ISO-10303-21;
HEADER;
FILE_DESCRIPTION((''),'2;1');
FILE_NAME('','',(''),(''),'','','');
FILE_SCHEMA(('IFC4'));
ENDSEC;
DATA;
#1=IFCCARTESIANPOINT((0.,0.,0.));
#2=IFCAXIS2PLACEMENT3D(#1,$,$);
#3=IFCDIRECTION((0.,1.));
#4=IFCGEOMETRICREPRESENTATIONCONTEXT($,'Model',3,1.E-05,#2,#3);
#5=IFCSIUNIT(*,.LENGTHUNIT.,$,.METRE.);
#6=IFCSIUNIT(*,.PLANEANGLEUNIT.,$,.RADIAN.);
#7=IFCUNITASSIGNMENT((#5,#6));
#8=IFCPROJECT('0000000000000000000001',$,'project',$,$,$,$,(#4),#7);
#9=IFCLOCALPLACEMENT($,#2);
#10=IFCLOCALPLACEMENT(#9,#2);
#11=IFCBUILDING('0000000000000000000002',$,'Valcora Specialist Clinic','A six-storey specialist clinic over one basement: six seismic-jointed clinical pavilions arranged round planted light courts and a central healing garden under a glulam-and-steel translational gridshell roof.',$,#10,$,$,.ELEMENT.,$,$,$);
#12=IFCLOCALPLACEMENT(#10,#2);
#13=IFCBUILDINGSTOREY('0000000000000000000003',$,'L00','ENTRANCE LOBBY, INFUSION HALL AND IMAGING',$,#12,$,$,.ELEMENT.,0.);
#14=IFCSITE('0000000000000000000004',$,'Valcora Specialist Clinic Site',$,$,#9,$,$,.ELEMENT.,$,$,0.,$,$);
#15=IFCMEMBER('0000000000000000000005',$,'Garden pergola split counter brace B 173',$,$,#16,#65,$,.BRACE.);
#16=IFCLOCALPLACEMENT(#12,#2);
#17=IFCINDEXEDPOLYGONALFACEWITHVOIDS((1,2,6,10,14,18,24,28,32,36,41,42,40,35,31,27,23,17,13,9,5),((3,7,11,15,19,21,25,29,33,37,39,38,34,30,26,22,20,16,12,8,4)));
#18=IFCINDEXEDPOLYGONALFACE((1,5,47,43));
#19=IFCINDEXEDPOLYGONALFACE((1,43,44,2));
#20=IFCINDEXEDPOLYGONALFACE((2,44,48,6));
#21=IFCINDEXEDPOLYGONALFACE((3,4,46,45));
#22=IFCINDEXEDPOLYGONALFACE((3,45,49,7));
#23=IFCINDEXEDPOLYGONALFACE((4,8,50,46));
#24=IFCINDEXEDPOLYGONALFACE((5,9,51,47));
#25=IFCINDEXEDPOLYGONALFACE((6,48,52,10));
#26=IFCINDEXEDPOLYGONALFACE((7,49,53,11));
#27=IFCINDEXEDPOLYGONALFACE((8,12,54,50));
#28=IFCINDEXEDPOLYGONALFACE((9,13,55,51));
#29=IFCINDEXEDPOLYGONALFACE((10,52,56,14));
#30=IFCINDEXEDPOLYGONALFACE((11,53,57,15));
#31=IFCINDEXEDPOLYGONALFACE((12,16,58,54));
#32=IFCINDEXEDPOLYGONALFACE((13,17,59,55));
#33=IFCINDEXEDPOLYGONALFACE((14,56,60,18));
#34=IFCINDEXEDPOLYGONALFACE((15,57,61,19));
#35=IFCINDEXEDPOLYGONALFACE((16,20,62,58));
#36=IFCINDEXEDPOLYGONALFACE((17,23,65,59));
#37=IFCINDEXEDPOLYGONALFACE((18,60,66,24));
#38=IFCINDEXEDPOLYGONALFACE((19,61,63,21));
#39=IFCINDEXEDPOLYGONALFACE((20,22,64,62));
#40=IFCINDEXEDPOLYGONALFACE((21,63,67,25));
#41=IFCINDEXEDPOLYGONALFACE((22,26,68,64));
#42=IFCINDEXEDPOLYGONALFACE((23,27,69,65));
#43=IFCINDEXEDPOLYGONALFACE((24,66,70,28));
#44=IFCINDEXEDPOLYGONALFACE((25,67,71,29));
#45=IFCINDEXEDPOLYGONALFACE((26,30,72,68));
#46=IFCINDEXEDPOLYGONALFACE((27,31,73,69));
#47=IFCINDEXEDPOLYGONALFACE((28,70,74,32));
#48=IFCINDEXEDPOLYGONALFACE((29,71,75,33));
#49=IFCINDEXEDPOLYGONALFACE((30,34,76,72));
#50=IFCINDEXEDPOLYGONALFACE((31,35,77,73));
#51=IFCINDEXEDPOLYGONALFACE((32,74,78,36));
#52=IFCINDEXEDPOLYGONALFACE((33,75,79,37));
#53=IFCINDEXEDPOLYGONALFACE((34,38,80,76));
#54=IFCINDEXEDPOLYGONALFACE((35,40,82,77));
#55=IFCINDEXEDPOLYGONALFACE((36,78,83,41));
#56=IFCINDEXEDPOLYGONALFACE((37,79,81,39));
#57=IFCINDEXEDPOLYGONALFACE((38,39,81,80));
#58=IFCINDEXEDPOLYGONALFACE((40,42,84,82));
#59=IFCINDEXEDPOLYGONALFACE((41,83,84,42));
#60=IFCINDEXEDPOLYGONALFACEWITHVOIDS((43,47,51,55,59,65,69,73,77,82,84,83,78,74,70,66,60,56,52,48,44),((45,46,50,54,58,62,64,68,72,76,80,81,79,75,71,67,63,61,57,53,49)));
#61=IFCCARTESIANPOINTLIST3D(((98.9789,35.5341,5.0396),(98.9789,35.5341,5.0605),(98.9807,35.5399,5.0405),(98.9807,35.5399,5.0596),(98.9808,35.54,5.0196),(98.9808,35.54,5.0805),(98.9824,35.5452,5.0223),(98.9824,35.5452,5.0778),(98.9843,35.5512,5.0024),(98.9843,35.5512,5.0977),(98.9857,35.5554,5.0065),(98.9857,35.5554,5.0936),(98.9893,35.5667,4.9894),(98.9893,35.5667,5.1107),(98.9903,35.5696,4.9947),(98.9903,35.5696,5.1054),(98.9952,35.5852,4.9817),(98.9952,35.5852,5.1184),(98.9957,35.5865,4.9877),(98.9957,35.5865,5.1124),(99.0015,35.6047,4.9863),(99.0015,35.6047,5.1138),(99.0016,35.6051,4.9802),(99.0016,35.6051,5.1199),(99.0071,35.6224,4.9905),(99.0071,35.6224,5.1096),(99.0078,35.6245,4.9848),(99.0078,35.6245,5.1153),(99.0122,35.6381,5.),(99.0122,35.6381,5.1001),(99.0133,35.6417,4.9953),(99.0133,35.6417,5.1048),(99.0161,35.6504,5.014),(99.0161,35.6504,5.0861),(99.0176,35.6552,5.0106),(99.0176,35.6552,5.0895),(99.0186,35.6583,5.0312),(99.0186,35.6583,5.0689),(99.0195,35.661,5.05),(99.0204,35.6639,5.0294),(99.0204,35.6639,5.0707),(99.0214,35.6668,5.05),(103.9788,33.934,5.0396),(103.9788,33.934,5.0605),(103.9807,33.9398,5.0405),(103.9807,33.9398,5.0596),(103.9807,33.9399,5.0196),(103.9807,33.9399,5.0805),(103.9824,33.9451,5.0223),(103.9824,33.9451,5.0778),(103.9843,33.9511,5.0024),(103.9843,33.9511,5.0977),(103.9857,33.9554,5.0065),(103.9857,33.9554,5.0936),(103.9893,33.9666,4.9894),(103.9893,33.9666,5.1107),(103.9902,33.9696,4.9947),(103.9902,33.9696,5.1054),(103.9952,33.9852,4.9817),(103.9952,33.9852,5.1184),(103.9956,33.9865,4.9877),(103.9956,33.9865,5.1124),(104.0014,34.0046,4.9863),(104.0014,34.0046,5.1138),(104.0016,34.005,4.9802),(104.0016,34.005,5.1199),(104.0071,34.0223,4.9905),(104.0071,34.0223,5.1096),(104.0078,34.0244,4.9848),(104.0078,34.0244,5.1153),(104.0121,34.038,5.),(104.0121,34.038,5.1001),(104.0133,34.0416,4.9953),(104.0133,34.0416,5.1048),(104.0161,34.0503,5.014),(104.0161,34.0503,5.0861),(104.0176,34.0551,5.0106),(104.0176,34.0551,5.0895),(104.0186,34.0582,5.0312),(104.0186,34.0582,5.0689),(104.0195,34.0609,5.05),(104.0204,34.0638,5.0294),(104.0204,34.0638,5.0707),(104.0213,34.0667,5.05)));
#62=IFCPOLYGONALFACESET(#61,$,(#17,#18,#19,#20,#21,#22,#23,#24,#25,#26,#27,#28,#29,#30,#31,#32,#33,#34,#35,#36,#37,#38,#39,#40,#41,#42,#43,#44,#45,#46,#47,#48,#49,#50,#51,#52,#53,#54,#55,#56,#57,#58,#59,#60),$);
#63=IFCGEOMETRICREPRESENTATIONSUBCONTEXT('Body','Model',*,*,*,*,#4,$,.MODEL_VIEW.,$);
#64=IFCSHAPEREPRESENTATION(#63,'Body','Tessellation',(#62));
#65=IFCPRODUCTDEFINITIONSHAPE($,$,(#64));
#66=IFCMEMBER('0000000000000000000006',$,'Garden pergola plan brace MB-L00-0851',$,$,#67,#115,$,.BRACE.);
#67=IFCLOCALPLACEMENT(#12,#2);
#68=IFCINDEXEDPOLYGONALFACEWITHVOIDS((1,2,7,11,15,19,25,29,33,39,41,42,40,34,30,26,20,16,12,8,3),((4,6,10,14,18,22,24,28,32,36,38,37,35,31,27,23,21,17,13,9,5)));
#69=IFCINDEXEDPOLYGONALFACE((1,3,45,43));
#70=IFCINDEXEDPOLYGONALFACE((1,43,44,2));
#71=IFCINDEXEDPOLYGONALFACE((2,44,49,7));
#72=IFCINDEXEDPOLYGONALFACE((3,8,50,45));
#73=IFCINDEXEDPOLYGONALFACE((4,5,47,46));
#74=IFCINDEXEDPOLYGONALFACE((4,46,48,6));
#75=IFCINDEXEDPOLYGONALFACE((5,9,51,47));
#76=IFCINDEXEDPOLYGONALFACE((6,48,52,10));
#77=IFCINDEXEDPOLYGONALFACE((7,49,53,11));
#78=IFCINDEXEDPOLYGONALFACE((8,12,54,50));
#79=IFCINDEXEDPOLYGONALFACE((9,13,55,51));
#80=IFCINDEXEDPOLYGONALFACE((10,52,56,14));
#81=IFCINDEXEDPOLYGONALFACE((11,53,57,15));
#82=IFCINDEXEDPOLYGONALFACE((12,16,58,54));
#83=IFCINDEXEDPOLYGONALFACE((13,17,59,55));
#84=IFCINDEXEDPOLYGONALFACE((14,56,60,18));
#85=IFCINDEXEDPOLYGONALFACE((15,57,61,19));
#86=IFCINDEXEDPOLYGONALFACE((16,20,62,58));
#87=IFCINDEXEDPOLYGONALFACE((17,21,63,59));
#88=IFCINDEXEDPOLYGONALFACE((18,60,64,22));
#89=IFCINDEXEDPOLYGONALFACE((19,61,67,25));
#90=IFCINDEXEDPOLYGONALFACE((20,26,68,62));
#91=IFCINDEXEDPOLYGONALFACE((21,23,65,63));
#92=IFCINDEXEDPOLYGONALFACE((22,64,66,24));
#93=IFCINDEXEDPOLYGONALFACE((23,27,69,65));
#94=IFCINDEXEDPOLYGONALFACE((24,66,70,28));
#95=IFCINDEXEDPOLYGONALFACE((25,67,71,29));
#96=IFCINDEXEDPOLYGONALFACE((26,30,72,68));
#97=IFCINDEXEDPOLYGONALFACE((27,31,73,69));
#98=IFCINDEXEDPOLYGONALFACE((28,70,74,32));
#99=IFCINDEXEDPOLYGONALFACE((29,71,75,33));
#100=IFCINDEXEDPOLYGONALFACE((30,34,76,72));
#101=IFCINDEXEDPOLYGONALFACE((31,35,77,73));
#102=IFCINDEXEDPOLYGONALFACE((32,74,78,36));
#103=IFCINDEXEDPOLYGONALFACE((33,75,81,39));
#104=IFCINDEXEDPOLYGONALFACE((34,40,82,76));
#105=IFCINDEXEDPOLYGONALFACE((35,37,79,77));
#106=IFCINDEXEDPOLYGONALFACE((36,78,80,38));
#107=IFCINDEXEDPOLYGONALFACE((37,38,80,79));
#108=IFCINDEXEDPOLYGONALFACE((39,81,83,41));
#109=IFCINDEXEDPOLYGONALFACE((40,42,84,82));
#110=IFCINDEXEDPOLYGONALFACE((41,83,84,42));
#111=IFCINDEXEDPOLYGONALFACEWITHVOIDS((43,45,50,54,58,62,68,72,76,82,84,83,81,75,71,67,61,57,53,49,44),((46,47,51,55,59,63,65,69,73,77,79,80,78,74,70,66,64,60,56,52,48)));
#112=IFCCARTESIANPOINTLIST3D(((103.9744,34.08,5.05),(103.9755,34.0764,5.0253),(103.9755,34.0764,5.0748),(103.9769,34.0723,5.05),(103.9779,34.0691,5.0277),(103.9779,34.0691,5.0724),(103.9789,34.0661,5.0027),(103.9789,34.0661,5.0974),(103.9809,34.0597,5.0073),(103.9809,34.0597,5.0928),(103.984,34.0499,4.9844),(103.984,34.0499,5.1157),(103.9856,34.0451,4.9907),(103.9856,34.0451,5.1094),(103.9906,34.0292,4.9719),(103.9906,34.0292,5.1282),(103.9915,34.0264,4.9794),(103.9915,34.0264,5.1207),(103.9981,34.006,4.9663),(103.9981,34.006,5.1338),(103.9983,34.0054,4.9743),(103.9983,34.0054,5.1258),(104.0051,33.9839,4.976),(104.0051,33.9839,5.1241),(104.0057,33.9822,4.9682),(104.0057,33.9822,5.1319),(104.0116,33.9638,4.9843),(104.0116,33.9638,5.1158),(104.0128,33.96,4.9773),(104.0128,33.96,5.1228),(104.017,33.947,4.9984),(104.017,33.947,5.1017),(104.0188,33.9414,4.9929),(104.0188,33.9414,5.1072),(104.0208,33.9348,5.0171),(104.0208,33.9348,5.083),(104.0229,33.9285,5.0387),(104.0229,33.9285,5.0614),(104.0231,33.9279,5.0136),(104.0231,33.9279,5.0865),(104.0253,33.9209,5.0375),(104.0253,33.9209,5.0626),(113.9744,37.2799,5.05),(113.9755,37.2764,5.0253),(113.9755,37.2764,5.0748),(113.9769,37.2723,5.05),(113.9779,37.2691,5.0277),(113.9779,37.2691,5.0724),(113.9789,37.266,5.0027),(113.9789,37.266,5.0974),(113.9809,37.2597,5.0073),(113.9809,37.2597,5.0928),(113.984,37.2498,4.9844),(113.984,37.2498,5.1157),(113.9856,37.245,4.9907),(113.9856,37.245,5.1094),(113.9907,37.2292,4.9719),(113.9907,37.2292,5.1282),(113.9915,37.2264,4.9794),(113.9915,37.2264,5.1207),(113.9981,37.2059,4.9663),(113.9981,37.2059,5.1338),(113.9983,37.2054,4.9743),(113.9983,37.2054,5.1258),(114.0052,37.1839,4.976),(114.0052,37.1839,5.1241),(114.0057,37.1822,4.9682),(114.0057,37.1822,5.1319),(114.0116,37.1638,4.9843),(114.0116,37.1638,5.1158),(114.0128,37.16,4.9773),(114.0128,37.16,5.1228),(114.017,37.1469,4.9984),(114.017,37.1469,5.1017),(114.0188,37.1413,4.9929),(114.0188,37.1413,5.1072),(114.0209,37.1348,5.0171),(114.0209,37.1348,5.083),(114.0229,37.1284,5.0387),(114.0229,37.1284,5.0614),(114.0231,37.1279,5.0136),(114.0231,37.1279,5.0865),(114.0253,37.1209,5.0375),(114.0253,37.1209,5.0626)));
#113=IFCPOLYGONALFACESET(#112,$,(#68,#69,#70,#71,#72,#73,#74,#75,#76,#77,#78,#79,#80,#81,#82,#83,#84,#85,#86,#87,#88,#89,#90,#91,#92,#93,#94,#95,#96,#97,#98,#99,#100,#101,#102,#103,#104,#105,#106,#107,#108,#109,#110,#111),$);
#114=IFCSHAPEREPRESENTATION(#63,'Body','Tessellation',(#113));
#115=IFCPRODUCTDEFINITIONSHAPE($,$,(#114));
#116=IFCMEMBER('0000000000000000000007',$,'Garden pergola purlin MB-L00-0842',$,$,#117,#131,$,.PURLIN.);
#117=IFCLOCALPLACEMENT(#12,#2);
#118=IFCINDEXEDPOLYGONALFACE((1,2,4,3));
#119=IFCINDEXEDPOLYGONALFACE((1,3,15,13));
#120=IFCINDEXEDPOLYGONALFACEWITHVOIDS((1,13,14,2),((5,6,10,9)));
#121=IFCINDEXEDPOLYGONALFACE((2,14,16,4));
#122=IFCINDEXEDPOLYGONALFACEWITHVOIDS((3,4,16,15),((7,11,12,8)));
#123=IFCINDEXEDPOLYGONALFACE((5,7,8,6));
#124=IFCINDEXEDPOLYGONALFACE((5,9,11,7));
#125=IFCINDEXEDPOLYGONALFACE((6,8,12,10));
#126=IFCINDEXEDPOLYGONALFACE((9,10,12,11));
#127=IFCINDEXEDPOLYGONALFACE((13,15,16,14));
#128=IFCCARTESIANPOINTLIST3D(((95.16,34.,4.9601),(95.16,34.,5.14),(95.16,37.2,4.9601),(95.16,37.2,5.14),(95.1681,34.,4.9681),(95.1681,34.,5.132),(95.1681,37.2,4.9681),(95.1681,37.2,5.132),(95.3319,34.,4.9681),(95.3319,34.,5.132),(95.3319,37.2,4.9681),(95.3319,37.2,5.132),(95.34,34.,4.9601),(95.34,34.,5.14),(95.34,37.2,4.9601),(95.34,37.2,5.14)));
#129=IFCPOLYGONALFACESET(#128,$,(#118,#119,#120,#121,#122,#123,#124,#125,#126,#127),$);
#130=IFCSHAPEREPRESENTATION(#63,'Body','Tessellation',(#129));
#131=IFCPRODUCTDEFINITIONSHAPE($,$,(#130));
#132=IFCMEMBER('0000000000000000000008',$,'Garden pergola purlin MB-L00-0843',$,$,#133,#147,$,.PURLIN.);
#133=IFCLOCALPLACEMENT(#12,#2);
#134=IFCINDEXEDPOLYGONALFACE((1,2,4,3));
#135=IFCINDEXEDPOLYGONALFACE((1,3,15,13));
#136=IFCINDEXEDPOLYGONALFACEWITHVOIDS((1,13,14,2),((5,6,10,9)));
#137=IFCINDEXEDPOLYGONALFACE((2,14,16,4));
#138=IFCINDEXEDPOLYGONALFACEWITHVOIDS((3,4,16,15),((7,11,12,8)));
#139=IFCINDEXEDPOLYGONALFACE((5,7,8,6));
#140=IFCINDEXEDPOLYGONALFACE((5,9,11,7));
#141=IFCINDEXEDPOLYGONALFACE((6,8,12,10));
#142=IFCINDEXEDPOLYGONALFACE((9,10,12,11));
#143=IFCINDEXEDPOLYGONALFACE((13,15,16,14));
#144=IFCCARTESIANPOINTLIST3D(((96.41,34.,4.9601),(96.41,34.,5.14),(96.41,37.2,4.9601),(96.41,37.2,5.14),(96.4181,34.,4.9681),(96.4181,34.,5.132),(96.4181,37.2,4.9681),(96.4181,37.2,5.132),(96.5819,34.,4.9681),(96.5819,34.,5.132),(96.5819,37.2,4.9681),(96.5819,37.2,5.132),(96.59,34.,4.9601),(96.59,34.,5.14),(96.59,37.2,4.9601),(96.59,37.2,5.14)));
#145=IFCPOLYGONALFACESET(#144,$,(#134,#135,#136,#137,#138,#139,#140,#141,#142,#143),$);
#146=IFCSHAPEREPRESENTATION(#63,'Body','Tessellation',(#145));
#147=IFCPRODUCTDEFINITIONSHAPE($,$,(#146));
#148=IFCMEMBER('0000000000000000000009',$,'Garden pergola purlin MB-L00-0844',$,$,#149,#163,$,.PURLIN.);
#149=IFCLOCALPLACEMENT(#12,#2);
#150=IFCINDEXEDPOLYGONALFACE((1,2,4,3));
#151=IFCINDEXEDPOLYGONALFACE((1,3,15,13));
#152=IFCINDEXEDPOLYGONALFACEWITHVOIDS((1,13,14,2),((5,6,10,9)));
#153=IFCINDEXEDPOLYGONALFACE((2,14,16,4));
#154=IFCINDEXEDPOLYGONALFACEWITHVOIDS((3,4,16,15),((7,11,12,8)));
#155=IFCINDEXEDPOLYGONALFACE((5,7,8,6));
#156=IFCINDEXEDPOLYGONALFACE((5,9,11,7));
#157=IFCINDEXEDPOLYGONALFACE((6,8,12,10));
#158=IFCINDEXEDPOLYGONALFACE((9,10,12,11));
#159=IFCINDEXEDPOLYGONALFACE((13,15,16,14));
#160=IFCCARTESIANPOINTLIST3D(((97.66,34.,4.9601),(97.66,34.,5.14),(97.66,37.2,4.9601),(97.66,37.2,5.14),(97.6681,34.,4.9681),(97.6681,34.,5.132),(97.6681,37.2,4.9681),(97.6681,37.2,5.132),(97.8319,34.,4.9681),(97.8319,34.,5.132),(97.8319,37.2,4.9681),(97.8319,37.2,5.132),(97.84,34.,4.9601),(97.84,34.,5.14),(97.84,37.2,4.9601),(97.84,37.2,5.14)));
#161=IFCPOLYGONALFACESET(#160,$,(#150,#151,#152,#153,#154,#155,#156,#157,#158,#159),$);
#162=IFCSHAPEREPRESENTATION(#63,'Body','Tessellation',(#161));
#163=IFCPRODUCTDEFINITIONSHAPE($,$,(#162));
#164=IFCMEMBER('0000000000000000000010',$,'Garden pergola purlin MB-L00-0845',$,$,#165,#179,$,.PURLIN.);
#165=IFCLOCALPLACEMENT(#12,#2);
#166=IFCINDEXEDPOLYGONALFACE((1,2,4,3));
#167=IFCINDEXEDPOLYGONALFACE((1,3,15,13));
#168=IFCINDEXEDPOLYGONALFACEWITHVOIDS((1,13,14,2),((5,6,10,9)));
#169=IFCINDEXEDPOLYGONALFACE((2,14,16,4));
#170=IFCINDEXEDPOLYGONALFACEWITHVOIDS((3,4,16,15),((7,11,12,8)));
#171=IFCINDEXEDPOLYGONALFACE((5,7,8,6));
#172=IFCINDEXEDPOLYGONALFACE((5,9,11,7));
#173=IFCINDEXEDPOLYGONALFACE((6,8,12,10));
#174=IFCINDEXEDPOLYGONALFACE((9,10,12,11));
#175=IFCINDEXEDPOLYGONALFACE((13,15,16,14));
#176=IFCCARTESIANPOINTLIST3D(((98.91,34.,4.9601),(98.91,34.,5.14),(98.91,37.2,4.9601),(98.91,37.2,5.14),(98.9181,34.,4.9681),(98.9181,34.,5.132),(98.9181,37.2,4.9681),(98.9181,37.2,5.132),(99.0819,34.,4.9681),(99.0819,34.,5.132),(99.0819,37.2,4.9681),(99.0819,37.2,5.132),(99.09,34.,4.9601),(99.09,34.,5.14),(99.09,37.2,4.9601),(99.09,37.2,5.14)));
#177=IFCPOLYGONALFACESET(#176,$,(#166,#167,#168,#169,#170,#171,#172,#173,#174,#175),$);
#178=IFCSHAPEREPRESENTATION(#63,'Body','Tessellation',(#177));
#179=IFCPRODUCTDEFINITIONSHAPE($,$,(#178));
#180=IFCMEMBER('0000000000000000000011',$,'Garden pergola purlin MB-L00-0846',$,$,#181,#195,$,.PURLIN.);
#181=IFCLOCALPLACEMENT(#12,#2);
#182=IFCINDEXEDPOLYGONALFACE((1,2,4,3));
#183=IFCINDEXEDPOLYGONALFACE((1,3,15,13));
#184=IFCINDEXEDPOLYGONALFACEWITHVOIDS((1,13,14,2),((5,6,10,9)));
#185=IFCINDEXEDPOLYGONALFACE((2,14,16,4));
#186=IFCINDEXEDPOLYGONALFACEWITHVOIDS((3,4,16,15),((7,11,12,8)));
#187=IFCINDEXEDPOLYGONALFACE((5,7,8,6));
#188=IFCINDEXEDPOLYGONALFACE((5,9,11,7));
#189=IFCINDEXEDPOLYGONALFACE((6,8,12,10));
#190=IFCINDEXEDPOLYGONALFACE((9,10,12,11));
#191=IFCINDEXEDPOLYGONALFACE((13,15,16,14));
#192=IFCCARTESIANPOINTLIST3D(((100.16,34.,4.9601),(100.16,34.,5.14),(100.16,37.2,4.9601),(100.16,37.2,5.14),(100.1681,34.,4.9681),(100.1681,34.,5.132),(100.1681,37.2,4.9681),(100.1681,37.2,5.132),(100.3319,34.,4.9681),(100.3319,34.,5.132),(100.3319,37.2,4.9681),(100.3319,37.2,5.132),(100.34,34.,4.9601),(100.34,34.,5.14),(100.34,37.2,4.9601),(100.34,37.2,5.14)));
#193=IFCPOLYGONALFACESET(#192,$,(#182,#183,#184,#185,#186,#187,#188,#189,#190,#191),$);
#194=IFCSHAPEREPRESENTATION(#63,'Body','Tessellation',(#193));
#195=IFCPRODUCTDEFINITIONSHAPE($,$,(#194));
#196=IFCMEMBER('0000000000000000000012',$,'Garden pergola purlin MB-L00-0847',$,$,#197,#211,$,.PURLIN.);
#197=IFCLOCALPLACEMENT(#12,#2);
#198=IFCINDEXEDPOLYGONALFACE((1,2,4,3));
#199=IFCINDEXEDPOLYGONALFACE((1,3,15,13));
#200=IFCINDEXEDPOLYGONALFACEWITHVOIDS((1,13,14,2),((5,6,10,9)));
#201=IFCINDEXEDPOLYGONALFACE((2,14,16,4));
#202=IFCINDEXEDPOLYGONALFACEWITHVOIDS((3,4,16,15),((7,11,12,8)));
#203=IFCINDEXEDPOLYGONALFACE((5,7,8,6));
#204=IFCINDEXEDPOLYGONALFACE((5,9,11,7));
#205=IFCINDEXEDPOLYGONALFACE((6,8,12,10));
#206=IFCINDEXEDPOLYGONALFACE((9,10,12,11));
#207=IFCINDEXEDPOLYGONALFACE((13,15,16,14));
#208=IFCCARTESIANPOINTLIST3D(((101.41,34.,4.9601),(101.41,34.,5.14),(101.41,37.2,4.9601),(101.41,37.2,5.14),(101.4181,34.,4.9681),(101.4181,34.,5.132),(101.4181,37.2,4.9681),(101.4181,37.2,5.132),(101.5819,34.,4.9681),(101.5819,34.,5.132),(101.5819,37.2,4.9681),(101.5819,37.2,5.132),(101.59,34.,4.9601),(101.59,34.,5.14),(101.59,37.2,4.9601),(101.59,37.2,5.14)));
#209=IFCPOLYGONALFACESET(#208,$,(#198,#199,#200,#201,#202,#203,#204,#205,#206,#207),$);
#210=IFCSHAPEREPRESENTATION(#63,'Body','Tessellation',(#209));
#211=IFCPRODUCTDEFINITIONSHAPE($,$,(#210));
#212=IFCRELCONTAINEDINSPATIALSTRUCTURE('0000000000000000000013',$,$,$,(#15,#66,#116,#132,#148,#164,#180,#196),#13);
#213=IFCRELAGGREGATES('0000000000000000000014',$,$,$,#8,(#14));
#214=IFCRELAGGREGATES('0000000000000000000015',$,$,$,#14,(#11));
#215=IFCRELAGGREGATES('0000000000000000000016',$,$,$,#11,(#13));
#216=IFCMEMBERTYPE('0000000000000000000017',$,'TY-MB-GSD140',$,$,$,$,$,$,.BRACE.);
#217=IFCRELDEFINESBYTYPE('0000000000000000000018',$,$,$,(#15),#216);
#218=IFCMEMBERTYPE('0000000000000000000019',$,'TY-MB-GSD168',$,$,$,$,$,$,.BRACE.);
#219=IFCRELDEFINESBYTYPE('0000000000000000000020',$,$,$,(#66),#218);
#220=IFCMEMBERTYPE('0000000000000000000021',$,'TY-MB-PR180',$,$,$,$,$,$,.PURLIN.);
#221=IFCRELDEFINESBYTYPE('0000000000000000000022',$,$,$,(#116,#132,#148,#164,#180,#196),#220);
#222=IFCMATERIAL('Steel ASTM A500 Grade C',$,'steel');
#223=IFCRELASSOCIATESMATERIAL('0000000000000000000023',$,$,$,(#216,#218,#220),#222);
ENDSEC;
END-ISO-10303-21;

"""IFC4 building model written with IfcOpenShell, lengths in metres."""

from ifc_helpers import new_model, si_unit, direction, frame, origin, origin_2d, place, context, subcontext, project, spatial, hollow_rectangle, hollow_circle, extrude, material, material_profile, profile_set, type_object, element, save


model = new_model("IFC4")

# Units and contexts
model_context = context("Model", 3, precision=1e-05, world=origin(), true_north=direction((0.0, 1.0)))
body_context = subcontext(model_context, "Body", "Model", "MODEL_VIEW")
ifc_project = project(units=[si_unit("LENGTHUNIT", "METRE"), si_unit("PLANEANGLEUNIT", "RADIAN")], contexts=[model_context])

# Site, building, storey
site_placement = place(None, origin())
site = spatial("IfcSite", under=ifc_project, at=site_placement, Name="Valcora Specialist Clinic Site", CompositionType="ELEMENT", RefElevation=0.0)
building_placement = place(site_placement, origin())
building = spatial("IfcBuilding", under=site, at=building_placement, Name="Valcora Specialist Clinic", Description="A six-storey specialist clinic over one basement: six seismic-jointed clinical pavilions arranged round planted light courts and a central healing garden under a glulam-and-steel translational gridshell roof.", CompositionType="ELEMENT")
storey_placement = place(building_placement, origin())
storey = spatial("IfcBuildingStorey", under=building, at=storey_placement, Name="L00", Description="ENTRANCE LOBBY, INFUSION HALL AND IMAGING", CompositionType="ELEMENT", Elevation=0.0)

# Members
ifc_material_1 = material(Name="Steel ASTM A500 Grade C", Category="steel")
ifc_material_profile_1 = material_profile(ifc_material_1, hollow_circle(Radius=0.0701, WallThickness=0.0061, at=origin_2d()), Name="ST-CHS-140X6")
ifc_profile_set_1 = profile_set([ifc_material_profile_1], Name="Steel ASTM A500 Grade C")
member_type_1 = type_object("IfcMemberType", Name="TY-MB-GSD140", PredefinedType="BRACE", material=ifc_profile_set_1)
for number, where, z_axis, x_axis, name in (
    (1, (99.0, 35.6001, 5.05), (0.952419, -0.304793, 0.0), (0.304793, 0.952419, 0.0), "Garden pergola split counter brace B 173"),
):
    element("IfcMember", number, at=place(storey_placement, frame(where, z_axis=z_axis, x_axis=x_axis)), inside=storey, type_object=member_type_1, Name=name, PredefinedType="BRACE", context=body_context, shape_type="SweptSolid", body=[
        extrude(hollow_circle(Radius=0.0701, WallThickness=0.0061, at=origin_2d()), origin(), (0.0, 0.0, 1.0), 5.2498),
    ])
ifc_material_profile_2 = material_profile(ifc_material_1, hollow_circle(Radius=0.084, WallThickness=0.0081, at=origin_2d()), Name="ST-CHS-168X8")
ifc_profile_set_2 = profile_set([ifc_material_profile_2], Name="Steel ASTM A500 Grade C")
member_type_2 = type_object("IfcMemberType", Name="TY-MB-GSD168", PredefinedType="BRACE", material=ifc_profile_set_2)
member_1_placement = place(storey_placement, frame((104.0, 34.0, 5.05), z_axis=(0.952425, 0.304772, 0.0), x_axis=(-0.304772, 0.952425, 0.0)))
element("IfcMember", 2, at=member_1_placement, inside=storey, type_object=member_type_2, Name="Garden pergola plan brace MB-L00-0851", PredefinedType="BRACE", context=body_context, shape_type="SweptSolid", body=[
    extrude(hollow_circle(Radius=0.084, WallThickness=0.0081, at=origin_2d()), origin(), (0.0, 0.0, 1.0), 10.4995),
])
ifc_material_profile_3 = material_profile(ifc_material_1, hollow_rectangle(XDim=0.1799, YDim=0.1799, WallThickness=0.0081, at=origin_2d()), Name="ST-RHS-180X180X8")
ifc_profile_set_3 = profile_set([ifc_material_profile_3], Name="Steel ASTM A500 Grade C")
member_type_3 = type_object("IfcMemberType", Name="TY-MB-PR180", PredefinedType="PURLIN", material=ifc_profile_set_3)
for number, where, z_axis, x_axis, name in (
    (3, (95.25, 34.0, 5.05), (0.0, 1.0, 0.0), (-1.0, 0.0, 0.0), "Garden pergola purlin MB-L00-0842"),
    (4, (96.5, 34.0, 5.05), (0.0, 1.0, 0.0), (-1.0, 0.0, 0.0), "Garden pergola purlin MB-L00-0843"),
    (5, (97.75, 34.0, 5.05), (0.0, 1.0, 0.0), (-1.0, 0.0, 0.0), "Garden pergola purlin MB-L00-0844"),
    (6, (99.0, 34.0, 5.05), (0.0, 1.0, 0.0), (-1.0, 0.0, 0.0), "Garden pergola purlin MB-L00-0845"),
    (7, (100.25, 34.0, 5.05), (0.0, 1.0, 0.0), (-1.0, 0.0, 0.0), "Garden pergola purlin MB-L00-0846"),
    (8, (101.5, 34.0, 5.05), (0.0, 1.0, 0.0), (-1.0, 0.0, 0.0), "Garden pergola purlin MB-L00-0847"),
):
    element("IfcMember", number, at=place(storey_placement, frame(where, z_axis=z_axis, x_axis=x_axis)), inside=storey, type_object=member_type_3, Name=name, PredefinedType="PURLIN", context=body_context, shape_type="SweptSolid", body=[
        extrude(hollow_rectangle(XDim=0.1799, YDim=0.1799, WallThickness=0.0081, at=origin_2d()), origin(), (0.0, 0.0, 1.0), 3.2),
    ])

save(model, "model.ifc")
